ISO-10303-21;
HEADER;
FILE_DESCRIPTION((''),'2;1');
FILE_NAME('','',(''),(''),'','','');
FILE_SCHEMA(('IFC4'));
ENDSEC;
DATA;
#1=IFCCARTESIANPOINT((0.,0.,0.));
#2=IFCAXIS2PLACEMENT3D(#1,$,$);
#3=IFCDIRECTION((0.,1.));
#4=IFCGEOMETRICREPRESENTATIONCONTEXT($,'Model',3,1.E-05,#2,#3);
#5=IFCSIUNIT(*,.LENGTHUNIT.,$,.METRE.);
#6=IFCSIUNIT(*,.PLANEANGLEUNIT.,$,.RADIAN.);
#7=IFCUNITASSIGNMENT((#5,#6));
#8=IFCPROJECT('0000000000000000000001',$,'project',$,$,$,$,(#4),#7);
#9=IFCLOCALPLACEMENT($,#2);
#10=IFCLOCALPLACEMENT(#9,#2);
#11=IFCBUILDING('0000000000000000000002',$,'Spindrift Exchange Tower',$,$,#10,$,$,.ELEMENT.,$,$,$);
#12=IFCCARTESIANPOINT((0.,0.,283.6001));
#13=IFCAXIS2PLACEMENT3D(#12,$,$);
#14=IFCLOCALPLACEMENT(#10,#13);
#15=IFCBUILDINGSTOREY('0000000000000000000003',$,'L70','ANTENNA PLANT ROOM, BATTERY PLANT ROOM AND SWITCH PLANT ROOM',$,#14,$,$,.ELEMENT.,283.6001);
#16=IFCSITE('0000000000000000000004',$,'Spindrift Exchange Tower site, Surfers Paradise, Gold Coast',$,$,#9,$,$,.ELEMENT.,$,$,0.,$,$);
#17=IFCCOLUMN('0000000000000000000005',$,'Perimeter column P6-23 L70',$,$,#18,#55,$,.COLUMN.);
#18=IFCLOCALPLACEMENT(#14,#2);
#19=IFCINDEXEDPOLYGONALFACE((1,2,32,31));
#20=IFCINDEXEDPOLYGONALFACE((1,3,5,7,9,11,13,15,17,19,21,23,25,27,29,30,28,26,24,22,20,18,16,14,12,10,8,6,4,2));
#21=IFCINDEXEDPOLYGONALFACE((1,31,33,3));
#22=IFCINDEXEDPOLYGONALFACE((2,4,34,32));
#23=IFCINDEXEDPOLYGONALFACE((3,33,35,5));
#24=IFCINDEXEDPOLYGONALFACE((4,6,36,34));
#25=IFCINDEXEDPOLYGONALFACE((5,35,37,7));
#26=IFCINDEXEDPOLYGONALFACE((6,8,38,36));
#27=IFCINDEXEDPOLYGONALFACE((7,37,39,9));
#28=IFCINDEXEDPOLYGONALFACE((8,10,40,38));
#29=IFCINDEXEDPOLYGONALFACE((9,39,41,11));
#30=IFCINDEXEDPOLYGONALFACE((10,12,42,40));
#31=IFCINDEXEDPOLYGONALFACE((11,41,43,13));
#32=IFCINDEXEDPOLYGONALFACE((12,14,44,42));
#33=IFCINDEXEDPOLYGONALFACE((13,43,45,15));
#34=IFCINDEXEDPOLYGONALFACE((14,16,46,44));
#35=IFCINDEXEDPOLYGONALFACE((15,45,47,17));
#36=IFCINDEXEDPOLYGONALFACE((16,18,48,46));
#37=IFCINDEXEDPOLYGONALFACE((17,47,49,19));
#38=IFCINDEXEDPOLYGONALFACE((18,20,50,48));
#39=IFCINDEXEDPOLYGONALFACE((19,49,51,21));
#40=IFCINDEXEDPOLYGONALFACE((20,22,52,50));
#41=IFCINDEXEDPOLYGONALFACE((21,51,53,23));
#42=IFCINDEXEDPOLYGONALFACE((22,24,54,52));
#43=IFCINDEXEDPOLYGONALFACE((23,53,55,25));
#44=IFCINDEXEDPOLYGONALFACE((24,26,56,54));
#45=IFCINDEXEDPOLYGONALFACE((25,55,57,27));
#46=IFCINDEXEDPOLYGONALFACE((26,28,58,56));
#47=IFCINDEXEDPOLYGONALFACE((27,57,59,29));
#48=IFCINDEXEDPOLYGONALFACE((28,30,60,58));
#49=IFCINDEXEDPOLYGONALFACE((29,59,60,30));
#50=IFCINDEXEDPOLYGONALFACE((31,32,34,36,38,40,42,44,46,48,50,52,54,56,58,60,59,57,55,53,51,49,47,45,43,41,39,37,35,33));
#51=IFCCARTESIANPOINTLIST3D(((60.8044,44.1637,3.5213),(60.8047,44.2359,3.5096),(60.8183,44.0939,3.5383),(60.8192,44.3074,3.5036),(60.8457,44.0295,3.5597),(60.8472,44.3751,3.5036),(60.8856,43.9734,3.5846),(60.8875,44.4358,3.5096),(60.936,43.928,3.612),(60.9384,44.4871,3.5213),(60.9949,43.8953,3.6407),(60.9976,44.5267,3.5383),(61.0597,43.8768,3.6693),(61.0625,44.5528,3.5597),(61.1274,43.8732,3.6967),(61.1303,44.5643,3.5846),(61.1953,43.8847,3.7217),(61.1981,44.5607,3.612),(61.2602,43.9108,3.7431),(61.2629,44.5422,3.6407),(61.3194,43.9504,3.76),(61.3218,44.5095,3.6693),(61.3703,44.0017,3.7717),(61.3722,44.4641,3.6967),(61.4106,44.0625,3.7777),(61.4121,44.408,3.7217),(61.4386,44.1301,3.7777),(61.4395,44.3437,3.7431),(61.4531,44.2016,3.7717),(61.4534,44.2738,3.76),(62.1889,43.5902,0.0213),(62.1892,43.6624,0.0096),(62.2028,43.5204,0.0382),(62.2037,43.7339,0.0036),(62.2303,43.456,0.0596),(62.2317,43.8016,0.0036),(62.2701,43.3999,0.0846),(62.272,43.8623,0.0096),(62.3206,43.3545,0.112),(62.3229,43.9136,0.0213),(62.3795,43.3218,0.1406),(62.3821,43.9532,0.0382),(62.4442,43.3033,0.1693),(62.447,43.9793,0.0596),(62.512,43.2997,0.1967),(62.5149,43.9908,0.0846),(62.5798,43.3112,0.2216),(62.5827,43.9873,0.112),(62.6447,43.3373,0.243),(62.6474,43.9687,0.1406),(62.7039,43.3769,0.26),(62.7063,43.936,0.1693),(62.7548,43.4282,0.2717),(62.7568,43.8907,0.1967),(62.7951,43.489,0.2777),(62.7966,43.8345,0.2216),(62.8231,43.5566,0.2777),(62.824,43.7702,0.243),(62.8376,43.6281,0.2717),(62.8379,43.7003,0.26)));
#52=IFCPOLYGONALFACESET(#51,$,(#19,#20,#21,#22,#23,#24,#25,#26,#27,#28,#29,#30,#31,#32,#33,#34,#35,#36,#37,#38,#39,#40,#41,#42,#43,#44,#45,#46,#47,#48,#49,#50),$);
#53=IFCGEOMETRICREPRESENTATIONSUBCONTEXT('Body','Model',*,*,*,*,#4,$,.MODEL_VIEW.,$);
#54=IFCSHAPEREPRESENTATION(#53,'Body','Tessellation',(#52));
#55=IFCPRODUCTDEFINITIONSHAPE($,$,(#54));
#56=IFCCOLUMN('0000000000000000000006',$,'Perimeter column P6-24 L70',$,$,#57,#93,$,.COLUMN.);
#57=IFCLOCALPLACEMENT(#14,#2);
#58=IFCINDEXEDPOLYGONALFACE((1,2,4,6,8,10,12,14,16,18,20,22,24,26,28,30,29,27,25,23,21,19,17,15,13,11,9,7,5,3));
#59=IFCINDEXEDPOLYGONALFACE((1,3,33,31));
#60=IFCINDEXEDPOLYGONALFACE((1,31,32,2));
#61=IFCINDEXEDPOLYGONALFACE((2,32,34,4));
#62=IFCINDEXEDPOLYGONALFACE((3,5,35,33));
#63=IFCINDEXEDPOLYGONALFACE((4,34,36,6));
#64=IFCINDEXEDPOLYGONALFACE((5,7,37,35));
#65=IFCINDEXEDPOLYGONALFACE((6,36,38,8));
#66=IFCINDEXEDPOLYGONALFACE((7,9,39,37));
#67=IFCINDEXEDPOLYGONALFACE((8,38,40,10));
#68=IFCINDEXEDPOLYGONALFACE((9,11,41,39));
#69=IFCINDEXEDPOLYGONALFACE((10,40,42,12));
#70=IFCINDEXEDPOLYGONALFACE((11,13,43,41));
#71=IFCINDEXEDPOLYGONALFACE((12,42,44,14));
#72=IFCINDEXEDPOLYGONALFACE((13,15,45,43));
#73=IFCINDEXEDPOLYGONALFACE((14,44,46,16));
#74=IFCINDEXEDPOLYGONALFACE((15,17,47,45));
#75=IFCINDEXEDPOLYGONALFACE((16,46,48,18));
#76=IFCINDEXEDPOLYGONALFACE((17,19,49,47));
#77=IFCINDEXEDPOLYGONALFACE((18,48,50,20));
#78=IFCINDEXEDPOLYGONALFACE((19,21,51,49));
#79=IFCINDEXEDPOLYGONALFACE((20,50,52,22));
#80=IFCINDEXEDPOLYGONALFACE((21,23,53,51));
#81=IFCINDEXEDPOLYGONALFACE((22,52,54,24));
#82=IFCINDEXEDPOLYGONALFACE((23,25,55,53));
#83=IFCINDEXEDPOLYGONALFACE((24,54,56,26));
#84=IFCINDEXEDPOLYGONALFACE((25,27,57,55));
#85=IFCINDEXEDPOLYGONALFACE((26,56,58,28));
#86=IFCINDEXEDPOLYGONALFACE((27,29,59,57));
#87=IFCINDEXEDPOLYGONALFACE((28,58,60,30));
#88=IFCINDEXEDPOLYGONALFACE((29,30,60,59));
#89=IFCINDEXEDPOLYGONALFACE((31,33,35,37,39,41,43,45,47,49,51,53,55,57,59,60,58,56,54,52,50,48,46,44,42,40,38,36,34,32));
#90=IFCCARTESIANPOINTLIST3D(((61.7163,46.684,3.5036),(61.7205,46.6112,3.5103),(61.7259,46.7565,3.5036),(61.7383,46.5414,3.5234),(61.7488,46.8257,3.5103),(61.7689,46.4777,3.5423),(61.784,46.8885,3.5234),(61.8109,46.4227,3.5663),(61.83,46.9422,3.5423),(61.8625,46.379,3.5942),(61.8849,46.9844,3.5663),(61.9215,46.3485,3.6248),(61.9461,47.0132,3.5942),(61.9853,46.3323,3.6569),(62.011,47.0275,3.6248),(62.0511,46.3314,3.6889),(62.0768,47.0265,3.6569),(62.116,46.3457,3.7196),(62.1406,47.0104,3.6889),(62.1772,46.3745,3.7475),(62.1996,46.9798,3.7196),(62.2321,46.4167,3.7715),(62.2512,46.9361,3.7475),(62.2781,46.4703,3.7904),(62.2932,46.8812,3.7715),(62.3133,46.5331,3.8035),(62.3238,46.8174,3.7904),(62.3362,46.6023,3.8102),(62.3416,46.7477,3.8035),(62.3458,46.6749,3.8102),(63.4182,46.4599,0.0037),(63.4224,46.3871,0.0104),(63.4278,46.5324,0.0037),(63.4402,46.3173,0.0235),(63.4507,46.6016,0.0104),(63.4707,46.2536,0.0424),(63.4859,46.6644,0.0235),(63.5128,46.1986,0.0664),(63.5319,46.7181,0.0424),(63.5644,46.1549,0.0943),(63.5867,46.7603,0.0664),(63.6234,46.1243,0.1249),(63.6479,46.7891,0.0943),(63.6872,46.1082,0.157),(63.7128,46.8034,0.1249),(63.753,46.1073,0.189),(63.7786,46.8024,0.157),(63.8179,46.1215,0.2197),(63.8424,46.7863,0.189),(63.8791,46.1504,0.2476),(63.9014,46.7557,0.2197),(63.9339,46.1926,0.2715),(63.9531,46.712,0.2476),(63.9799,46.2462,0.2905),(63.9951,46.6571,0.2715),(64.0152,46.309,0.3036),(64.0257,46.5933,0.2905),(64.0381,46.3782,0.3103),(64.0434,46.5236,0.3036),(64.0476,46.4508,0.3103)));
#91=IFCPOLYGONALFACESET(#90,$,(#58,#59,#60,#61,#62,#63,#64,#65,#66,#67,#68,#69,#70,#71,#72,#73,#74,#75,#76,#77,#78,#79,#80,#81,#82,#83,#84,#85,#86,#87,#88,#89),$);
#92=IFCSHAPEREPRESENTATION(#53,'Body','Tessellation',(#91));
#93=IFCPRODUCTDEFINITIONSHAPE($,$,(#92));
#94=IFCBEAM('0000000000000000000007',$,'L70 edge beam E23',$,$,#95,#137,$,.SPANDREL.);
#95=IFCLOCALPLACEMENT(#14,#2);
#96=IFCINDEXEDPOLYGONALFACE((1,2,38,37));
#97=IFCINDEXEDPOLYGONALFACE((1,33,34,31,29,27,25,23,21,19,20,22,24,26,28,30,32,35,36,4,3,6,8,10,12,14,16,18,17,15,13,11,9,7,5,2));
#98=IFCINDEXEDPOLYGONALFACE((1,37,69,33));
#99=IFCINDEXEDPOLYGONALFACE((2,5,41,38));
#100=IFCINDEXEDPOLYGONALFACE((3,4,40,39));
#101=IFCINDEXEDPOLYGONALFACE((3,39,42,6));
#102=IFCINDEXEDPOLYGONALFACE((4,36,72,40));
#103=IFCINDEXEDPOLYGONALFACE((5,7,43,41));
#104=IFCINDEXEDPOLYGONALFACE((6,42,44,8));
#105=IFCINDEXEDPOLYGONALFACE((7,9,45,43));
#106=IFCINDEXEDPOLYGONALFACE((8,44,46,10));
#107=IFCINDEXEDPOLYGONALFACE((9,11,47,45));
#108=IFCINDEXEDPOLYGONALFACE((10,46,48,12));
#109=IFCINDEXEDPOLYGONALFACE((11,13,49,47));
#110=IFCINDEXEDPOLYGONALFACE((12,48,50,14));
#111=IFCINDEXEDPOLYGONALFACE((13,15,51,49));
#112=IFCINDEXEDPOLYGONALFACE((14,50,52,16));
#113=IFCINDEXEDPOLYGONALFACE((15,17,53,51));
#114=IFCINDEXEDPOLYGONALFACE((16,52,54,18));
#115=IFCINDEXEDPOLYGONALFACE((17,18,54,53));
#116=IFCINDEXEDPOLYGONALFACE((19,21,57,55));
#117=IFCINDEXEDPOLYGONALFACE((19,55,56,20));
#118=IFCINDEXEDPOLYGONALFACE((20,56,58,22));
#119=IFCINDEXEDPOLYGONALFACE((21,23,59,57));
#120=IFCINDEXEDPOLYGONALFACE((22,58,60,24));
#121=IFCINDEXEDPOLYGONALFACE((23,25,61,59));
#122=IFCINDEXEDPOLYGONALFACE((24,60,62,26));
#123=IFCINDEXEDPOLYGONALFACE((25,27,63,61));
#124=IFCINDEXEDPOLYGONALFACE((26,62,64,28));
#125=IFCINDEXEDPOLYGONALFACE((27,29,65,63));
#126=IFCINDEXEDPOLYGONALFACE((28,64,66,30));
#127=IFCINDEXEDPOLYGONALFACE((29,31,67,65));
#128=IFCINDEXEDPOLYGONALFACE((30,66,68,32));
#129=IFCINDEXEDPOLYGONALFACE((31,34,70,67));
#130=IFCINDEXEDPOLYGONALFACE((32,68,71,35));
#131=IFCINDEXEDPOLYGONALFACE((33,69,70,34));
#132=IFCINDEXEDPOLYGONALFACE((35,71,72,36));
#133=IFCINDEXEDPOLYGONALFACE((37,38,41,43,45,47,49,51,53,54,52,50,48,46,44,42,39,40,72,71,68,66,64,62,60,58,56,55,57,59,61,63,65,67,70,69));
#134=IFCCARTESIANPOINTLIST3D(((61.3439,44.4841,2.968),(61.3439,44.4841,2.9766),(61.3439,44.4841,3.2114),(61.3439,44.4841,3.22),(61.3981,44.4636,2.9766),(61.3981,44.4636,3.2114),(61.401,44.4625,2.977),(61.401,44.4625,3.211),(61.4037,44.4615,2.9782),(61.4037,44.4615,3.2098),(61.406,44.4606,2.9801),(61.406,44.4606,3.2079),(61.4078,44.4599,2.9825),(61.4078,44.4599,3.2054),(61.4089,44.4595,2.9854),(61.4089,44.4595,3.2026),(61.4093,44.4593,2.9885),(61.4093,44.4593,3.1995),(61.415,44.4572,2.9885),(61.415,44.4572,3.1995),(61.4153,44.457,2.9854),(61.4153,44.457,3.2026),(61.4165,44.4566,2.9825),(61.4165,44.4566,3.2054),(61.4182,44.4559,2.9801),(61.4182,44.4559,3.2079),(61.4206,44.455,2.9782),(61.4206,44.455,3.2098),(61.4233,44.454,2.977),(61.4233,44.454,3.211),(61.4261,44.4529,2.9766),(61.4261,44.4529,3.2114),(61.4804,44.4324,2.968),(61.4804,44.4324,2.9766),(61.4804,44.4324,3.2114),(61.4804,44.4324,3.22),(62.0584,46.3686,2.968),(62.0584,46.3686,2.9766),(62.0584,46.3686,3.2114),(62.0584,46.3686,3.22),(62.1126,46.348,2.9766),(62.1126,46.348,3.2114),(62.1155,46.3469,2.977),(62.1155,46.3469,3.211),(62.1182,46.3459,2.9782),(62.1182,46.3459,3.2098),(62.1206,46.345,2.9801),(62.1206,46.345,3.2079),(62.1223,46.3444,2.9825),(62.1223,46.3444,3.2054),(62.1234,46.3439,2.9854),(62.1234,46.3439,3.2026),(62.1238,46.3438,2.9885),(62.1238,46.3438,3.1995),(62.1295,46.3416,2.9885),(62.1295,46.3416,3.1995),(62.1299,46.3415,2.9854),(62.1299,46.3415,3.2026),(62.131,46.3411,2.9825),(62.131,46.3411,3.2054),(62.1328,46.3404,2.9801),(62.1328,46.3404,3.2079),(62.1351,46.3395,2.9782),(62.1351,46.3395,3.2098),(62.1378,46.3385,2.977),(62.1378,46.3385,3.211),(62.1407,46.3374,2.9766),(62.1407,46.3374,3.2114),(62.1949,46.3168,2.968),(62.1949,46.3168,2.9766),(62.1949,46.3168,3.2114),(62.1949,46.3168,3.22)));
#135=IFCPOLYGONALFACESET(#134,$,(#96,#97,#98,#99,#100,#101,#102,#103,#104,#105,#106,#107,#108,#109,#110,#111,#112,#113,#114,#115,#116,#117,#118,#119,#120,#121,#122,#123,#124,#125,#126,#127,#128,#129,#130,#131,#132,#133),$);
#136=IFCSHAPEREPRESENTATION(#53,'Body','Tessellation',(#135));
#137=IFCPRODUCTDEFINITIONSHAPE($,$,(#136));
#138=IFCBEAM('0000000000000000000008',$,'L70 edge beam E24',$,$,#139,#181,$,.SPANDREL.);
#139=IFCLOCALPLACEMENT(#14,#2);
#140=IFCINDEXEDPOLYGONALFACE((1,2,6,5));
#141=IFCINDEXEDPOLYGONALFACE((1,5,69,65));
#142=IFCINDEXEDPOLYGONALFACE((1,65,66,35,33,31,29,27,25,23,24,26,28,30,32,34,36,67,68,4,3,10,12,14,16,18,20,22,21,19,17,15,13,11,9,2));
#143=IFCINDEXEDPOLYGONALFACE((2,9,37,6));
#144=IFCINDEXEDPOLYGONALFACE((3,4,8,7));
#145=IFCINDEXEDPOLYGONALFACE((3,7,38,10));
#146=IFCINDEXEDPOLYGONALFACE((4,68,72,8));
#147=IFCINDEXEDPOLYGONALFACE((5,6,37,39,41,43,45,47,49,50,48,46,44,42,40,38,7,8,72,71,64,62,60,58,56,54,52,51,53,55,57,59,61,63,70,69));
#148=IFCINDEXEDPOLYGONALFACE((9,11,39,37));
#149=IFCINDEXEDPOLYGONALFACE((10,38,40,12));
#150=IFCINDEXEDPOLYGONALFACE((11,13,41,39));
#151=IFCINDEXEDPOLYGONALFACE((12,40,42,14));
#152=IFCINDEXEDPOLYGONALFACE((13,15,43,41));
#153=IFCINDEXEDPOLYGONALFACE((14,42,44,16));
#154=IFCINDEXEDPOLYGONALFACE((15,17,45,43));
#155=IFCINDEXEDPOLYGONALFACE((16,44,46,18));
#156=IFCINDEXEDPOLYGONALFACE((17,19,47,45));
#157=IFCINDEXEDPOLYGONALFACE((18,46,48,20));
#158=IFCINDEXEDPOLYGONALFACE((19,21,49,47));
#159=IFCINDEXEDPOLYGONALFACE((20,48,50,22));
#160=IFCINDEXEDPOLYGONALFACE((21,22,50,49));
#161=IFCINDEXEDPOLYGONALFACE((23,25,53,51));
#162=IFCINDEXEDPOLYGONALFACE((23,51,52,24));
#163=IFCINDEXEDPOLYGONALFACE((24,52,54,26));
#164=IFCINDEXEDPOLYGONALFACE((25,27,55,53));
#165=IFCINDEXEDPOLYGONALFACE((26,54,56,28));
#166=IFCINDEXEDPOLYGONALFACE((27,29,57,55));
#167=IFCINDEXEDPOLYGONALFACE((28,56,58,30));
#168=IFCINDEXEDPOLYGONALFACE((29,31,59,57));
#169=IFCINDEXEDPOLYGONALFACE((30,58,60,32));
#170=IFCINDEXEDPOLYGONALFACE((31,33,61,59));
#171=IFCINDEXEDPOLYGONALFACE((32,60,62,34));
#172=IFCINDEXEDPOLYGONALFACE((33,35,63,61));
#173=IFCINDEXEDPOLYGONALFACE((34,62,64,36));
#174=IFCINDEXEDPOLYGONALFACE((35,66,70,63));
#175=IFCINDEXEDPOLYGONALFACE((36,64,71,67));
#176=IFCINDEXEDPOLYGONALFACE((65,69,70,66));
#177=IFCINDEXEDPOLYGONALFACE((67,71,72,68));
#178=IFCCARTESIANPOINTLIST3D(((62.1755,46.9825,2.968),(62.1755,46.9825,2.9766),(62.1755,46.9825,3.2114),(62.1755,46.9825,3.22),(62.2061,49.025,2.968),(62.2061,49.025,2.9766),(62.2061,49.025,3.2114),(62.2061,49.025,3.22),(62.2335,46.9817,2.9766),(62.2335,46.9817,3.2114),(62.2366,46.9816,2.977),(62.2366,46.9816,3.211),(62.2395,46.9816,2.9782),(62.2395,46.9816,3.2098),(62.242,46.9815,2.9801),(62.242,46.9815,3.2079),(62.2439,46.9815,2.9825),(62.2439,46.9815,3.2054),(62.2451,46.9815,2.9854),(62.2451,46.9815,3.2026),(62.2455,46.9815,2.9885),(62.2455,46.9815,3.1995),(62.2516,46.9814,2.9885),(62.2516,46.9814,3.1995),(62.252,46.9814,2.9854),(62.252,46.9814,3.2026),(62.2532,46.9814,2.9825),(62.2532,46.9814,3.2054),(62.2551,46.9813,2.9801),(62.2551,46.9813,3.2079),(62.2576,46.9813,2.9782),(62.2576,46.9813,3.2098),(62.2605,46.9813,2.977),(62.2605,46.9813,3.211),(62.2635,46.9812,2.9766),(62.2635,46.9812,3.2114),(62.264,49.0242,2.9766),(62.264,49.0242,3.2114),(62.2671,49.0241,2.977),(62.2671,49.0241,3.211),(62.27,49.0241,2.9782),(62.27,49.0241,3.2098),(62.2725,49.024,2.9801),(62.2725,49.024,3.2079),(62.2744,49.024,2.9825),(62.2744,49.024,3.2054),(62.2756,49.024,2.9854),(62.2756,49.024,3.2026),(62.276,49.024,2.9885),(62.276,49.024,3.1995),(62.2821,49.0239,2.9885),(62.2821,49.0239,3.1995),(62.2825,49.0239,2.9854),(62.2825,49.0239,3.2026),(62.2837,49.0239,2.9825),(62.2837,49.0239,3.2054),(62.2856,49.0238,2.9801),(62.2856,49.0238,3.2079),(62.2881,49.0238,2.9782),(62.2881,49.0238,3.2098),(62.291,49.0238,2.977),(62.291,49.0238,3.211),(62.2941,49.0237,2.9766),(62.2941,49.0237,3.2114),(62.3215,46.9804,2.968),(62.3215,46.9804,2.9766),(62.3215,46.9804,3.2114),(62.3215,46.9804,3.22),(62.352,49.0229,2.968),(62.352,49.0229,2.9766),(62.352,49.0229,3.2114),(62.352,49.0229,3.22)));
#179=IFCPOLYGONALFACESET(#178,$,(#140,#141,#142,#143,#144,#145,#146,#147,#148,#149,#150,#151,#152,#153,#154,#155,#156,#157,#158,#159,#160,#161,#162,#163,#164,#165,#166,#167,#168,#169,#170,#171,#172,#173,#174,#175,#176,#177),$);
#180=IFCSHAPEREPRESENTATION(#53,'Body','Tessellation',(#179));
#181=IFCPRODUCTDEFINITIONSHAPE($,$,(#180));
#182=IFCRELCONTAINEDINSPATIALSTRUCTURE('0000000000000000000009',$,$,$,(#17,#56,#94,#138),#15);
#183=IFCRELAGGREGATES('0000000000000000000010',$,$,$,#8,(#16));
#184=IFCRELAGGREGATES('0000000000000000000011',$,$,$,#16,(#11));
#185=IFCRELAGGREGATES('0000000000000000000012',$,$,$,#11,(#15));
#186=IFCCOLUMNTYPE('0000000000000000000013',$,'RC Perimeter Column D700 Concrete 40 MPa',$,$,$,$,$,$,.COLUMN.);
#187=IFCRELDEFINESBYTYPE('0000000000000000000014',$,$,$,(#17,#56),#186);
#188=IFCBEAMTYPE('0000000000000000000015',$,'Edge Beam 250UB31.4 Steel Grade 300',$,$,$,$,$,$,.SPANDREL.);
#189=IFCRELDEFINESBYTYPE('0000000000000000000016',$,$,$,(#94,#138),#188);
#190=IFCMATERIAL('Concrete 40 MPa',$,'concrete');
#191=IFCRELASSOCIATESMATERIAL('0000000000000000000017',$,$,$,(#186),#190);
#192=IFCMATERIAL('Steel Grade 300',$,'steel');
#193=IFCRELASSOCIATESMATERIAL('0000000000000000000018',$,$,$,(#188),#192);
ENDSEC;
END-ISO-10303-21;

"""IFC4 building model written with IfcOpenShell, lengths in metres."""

from ifc_helpers import new_model, si_unit, direction, frame, origin, origin_2d, place, context, subcontext, project, spatial, circle, i_section, extrude, source, transform, mapped, material, material_profile, profile_set, type_object, element, save


model = new_model("IFC4")

# Units and contexts
model_context = context("Model", 3, precision=1e-05, world=origin(), true_north=direction((0.0, 1.0)))
body_context = subcontext(model_context, "Body", "Model", "MODEL_VIEW")
ifc_project = project(units=[si_unit("LENGTHUNIT", "METRE"), si_unit("PLANEANGLEUNIT", "RADIAN")], contexts=[model_context])

# Site, building, storey
site_placement = place(None, origin())
site = spatial("IfcSite", under=ifc_project, at=site_placement, Name="Spindrift Exchange Tower site, Surfers Paradise, Gold Coast", CompositionType="ELEMENT", RefElevation=0.0)
building_placement = place(site_placement, origin())
building = spatial("IfcBuilding", under=site, at=building_placement, Name="Spindrift Exchange Tower", CompositionType="ELEMENT")
storey_placement = place(building_placement, frame((0.0, 0.0, 283.6001)))
storey = spatial("IfcBuildingStorey", under=building, at=storey_placement, Name="L70", Description="ANTENNA PLANT ROOM, BATTERY PLANT ROOM AND SWITCH PLANT ROOM", CompositionType="ELEMENT", Elevation=283.6001)

# Columns
ifc_material_1 = material(Name="Concrete 40 MPa", Category="concrete")
ifc_material_profile_1 = material_profile(ifc_material_1, circle(Radius=0.3501, at=origin_2d()), Name="RC D700")
ifc_profile_set_1 = profile_set([ifc_material_profile_1], Name="Concrete 40 MPa")
column_type = type_object("IfcColumnType", Name="RC Perimeter Column D700 Concrete 40 MPa", PredefinedType="COLUMN", material=ifc_profile_set_1)
shared_shape_1 = source(origin(), body_context, "Body", "SweptSolid", [
    extrude(circle(Radius=0.3501, at=origin_2d()), origin(), (0.0, 0.0, 1.0), 3.8074),
])
column_1_placement = place(storey_placement, frame((62.5134, 43.6453, 0.1406), z_axis=(-0.363646, 0.150627, 0.919279), x_axis=(-0.382683, -0.92388, 0.0)))
element("IfcColumn", 1, at=column_1_placement, inside=storey, type_object=column_type, Name="Perimeter column P6-23 L70", PredefinedType="COLUMN", context=body_context, shape_type="MappedRepresentation", body=[
    mapped(shared_shape_1, transform((0.0, 0.0, 0.0), scale=1.0)),
])
shared_shape_2 = source(origin(), body_context, "Body", "SweptSolid", [
    extrude(circle(Radius=0.3501, at=origin_2d()), origin(), (0.0, 0.0, 1.0), 3.8982),
])
column_2_placement = place(storey_placement, frame((63.7329, 46.4553, 0.157), z_axis=(-0.436577, 0.057492, 0.897828), x_axis=(-0.130561, -0.99144, 0.0)))
element("IfcColumn", 2, at=column_2_placement, inside=storey, type_object=column_type, Name="Perimeter column P6-24 L70", PredefinedType="COLUMN", context=body_context, shape_type="MappedRepresentation", body=[
    mapped(shared_shape_2, transform((0.0, 0.0, 0.0), scale=1.0)),
])

# Beams
ifc_material_2 = material(Name="Steel Grade 300", Category="steel")
ifc_material_profile_2 = material_profile(ifc_material_2, i_section(OverallWidth=0.146, OverallDepth=0.252, WebThickness=0.0061, FlangeThickness=0.0085, FilletRadius=0.012, at=origin_2d()), Name="250UB31.4")
ifc_profile_set_2 = profile_set([ifc_material_profile_2], Name="Steel Grade 300")
beam_type = type_object("IfcBeamType", Name="Edge Beam 250UB31.4 Steel Grade 300", PredefinedType="SPANDREL", material=ifc_profile_set_2)
shared_shape_3 = source(origin(), body_context, "Body", "SweptSolid", [
    extrude(i_section(OverallWidth=0.146, OverallDepth=0.252, WebThickness=0.0061, FlangeThickness=0.0085, FilletRadius=0.012, at=origin_2d()), origin(), (0.0, 0.0, 1.0), 2.0154),
])
beam_1_placement = place(storey_placement, frame((61.4121, 44.4583, 3.094), z_axis=(0.354559, 0.935034, 0.0), x_axis=(-0.935034, 0.354559, 0.0)))
element("IfcBeam", 3, at=beam_1_placement, inside=storey, type_object=beam_type, Name="L70 edge beam E23", PredefinedType="SPANDREL", context=body_context, shape_type="MappedRepresentation", body=[
    mapped(shared_shape_3, transform((0.0, 0.0, 0.0), scale=1.0)),
])
shared_shape_4 = source(origin(), body_context, "Body", "SweptSolid", [
    extrude(i_section(OverallWidth=0.146, OverallDepth=0.252, WebThickness=0.0061, FlangeThickness=0.0085, FilletRadius=0.012, at=origin_2d()), origin(), (0.0, 0.0, 1.0), 2.0427),
])
beam_2_placement = place(storey_placement, frame((62.2485, 46.9814, 3.094), z_axis=(0.01494, 0.999888, 0.0), x_axis=(-0.999888, 0.01494, 0.0)))
element("IfcBeam", 4, at=beam_2_placement, inside=storey, type_object=beam_type, Name="L70 edge beam E24", PredefinedType="SPANDREL", context=body_context, shape_type="MappedRepresentation", body=[
    mapped(shared_shape_4, transform((0.0, 0.0, 0.0), scale=1.0)),
])

save(model, "model.ifc")
